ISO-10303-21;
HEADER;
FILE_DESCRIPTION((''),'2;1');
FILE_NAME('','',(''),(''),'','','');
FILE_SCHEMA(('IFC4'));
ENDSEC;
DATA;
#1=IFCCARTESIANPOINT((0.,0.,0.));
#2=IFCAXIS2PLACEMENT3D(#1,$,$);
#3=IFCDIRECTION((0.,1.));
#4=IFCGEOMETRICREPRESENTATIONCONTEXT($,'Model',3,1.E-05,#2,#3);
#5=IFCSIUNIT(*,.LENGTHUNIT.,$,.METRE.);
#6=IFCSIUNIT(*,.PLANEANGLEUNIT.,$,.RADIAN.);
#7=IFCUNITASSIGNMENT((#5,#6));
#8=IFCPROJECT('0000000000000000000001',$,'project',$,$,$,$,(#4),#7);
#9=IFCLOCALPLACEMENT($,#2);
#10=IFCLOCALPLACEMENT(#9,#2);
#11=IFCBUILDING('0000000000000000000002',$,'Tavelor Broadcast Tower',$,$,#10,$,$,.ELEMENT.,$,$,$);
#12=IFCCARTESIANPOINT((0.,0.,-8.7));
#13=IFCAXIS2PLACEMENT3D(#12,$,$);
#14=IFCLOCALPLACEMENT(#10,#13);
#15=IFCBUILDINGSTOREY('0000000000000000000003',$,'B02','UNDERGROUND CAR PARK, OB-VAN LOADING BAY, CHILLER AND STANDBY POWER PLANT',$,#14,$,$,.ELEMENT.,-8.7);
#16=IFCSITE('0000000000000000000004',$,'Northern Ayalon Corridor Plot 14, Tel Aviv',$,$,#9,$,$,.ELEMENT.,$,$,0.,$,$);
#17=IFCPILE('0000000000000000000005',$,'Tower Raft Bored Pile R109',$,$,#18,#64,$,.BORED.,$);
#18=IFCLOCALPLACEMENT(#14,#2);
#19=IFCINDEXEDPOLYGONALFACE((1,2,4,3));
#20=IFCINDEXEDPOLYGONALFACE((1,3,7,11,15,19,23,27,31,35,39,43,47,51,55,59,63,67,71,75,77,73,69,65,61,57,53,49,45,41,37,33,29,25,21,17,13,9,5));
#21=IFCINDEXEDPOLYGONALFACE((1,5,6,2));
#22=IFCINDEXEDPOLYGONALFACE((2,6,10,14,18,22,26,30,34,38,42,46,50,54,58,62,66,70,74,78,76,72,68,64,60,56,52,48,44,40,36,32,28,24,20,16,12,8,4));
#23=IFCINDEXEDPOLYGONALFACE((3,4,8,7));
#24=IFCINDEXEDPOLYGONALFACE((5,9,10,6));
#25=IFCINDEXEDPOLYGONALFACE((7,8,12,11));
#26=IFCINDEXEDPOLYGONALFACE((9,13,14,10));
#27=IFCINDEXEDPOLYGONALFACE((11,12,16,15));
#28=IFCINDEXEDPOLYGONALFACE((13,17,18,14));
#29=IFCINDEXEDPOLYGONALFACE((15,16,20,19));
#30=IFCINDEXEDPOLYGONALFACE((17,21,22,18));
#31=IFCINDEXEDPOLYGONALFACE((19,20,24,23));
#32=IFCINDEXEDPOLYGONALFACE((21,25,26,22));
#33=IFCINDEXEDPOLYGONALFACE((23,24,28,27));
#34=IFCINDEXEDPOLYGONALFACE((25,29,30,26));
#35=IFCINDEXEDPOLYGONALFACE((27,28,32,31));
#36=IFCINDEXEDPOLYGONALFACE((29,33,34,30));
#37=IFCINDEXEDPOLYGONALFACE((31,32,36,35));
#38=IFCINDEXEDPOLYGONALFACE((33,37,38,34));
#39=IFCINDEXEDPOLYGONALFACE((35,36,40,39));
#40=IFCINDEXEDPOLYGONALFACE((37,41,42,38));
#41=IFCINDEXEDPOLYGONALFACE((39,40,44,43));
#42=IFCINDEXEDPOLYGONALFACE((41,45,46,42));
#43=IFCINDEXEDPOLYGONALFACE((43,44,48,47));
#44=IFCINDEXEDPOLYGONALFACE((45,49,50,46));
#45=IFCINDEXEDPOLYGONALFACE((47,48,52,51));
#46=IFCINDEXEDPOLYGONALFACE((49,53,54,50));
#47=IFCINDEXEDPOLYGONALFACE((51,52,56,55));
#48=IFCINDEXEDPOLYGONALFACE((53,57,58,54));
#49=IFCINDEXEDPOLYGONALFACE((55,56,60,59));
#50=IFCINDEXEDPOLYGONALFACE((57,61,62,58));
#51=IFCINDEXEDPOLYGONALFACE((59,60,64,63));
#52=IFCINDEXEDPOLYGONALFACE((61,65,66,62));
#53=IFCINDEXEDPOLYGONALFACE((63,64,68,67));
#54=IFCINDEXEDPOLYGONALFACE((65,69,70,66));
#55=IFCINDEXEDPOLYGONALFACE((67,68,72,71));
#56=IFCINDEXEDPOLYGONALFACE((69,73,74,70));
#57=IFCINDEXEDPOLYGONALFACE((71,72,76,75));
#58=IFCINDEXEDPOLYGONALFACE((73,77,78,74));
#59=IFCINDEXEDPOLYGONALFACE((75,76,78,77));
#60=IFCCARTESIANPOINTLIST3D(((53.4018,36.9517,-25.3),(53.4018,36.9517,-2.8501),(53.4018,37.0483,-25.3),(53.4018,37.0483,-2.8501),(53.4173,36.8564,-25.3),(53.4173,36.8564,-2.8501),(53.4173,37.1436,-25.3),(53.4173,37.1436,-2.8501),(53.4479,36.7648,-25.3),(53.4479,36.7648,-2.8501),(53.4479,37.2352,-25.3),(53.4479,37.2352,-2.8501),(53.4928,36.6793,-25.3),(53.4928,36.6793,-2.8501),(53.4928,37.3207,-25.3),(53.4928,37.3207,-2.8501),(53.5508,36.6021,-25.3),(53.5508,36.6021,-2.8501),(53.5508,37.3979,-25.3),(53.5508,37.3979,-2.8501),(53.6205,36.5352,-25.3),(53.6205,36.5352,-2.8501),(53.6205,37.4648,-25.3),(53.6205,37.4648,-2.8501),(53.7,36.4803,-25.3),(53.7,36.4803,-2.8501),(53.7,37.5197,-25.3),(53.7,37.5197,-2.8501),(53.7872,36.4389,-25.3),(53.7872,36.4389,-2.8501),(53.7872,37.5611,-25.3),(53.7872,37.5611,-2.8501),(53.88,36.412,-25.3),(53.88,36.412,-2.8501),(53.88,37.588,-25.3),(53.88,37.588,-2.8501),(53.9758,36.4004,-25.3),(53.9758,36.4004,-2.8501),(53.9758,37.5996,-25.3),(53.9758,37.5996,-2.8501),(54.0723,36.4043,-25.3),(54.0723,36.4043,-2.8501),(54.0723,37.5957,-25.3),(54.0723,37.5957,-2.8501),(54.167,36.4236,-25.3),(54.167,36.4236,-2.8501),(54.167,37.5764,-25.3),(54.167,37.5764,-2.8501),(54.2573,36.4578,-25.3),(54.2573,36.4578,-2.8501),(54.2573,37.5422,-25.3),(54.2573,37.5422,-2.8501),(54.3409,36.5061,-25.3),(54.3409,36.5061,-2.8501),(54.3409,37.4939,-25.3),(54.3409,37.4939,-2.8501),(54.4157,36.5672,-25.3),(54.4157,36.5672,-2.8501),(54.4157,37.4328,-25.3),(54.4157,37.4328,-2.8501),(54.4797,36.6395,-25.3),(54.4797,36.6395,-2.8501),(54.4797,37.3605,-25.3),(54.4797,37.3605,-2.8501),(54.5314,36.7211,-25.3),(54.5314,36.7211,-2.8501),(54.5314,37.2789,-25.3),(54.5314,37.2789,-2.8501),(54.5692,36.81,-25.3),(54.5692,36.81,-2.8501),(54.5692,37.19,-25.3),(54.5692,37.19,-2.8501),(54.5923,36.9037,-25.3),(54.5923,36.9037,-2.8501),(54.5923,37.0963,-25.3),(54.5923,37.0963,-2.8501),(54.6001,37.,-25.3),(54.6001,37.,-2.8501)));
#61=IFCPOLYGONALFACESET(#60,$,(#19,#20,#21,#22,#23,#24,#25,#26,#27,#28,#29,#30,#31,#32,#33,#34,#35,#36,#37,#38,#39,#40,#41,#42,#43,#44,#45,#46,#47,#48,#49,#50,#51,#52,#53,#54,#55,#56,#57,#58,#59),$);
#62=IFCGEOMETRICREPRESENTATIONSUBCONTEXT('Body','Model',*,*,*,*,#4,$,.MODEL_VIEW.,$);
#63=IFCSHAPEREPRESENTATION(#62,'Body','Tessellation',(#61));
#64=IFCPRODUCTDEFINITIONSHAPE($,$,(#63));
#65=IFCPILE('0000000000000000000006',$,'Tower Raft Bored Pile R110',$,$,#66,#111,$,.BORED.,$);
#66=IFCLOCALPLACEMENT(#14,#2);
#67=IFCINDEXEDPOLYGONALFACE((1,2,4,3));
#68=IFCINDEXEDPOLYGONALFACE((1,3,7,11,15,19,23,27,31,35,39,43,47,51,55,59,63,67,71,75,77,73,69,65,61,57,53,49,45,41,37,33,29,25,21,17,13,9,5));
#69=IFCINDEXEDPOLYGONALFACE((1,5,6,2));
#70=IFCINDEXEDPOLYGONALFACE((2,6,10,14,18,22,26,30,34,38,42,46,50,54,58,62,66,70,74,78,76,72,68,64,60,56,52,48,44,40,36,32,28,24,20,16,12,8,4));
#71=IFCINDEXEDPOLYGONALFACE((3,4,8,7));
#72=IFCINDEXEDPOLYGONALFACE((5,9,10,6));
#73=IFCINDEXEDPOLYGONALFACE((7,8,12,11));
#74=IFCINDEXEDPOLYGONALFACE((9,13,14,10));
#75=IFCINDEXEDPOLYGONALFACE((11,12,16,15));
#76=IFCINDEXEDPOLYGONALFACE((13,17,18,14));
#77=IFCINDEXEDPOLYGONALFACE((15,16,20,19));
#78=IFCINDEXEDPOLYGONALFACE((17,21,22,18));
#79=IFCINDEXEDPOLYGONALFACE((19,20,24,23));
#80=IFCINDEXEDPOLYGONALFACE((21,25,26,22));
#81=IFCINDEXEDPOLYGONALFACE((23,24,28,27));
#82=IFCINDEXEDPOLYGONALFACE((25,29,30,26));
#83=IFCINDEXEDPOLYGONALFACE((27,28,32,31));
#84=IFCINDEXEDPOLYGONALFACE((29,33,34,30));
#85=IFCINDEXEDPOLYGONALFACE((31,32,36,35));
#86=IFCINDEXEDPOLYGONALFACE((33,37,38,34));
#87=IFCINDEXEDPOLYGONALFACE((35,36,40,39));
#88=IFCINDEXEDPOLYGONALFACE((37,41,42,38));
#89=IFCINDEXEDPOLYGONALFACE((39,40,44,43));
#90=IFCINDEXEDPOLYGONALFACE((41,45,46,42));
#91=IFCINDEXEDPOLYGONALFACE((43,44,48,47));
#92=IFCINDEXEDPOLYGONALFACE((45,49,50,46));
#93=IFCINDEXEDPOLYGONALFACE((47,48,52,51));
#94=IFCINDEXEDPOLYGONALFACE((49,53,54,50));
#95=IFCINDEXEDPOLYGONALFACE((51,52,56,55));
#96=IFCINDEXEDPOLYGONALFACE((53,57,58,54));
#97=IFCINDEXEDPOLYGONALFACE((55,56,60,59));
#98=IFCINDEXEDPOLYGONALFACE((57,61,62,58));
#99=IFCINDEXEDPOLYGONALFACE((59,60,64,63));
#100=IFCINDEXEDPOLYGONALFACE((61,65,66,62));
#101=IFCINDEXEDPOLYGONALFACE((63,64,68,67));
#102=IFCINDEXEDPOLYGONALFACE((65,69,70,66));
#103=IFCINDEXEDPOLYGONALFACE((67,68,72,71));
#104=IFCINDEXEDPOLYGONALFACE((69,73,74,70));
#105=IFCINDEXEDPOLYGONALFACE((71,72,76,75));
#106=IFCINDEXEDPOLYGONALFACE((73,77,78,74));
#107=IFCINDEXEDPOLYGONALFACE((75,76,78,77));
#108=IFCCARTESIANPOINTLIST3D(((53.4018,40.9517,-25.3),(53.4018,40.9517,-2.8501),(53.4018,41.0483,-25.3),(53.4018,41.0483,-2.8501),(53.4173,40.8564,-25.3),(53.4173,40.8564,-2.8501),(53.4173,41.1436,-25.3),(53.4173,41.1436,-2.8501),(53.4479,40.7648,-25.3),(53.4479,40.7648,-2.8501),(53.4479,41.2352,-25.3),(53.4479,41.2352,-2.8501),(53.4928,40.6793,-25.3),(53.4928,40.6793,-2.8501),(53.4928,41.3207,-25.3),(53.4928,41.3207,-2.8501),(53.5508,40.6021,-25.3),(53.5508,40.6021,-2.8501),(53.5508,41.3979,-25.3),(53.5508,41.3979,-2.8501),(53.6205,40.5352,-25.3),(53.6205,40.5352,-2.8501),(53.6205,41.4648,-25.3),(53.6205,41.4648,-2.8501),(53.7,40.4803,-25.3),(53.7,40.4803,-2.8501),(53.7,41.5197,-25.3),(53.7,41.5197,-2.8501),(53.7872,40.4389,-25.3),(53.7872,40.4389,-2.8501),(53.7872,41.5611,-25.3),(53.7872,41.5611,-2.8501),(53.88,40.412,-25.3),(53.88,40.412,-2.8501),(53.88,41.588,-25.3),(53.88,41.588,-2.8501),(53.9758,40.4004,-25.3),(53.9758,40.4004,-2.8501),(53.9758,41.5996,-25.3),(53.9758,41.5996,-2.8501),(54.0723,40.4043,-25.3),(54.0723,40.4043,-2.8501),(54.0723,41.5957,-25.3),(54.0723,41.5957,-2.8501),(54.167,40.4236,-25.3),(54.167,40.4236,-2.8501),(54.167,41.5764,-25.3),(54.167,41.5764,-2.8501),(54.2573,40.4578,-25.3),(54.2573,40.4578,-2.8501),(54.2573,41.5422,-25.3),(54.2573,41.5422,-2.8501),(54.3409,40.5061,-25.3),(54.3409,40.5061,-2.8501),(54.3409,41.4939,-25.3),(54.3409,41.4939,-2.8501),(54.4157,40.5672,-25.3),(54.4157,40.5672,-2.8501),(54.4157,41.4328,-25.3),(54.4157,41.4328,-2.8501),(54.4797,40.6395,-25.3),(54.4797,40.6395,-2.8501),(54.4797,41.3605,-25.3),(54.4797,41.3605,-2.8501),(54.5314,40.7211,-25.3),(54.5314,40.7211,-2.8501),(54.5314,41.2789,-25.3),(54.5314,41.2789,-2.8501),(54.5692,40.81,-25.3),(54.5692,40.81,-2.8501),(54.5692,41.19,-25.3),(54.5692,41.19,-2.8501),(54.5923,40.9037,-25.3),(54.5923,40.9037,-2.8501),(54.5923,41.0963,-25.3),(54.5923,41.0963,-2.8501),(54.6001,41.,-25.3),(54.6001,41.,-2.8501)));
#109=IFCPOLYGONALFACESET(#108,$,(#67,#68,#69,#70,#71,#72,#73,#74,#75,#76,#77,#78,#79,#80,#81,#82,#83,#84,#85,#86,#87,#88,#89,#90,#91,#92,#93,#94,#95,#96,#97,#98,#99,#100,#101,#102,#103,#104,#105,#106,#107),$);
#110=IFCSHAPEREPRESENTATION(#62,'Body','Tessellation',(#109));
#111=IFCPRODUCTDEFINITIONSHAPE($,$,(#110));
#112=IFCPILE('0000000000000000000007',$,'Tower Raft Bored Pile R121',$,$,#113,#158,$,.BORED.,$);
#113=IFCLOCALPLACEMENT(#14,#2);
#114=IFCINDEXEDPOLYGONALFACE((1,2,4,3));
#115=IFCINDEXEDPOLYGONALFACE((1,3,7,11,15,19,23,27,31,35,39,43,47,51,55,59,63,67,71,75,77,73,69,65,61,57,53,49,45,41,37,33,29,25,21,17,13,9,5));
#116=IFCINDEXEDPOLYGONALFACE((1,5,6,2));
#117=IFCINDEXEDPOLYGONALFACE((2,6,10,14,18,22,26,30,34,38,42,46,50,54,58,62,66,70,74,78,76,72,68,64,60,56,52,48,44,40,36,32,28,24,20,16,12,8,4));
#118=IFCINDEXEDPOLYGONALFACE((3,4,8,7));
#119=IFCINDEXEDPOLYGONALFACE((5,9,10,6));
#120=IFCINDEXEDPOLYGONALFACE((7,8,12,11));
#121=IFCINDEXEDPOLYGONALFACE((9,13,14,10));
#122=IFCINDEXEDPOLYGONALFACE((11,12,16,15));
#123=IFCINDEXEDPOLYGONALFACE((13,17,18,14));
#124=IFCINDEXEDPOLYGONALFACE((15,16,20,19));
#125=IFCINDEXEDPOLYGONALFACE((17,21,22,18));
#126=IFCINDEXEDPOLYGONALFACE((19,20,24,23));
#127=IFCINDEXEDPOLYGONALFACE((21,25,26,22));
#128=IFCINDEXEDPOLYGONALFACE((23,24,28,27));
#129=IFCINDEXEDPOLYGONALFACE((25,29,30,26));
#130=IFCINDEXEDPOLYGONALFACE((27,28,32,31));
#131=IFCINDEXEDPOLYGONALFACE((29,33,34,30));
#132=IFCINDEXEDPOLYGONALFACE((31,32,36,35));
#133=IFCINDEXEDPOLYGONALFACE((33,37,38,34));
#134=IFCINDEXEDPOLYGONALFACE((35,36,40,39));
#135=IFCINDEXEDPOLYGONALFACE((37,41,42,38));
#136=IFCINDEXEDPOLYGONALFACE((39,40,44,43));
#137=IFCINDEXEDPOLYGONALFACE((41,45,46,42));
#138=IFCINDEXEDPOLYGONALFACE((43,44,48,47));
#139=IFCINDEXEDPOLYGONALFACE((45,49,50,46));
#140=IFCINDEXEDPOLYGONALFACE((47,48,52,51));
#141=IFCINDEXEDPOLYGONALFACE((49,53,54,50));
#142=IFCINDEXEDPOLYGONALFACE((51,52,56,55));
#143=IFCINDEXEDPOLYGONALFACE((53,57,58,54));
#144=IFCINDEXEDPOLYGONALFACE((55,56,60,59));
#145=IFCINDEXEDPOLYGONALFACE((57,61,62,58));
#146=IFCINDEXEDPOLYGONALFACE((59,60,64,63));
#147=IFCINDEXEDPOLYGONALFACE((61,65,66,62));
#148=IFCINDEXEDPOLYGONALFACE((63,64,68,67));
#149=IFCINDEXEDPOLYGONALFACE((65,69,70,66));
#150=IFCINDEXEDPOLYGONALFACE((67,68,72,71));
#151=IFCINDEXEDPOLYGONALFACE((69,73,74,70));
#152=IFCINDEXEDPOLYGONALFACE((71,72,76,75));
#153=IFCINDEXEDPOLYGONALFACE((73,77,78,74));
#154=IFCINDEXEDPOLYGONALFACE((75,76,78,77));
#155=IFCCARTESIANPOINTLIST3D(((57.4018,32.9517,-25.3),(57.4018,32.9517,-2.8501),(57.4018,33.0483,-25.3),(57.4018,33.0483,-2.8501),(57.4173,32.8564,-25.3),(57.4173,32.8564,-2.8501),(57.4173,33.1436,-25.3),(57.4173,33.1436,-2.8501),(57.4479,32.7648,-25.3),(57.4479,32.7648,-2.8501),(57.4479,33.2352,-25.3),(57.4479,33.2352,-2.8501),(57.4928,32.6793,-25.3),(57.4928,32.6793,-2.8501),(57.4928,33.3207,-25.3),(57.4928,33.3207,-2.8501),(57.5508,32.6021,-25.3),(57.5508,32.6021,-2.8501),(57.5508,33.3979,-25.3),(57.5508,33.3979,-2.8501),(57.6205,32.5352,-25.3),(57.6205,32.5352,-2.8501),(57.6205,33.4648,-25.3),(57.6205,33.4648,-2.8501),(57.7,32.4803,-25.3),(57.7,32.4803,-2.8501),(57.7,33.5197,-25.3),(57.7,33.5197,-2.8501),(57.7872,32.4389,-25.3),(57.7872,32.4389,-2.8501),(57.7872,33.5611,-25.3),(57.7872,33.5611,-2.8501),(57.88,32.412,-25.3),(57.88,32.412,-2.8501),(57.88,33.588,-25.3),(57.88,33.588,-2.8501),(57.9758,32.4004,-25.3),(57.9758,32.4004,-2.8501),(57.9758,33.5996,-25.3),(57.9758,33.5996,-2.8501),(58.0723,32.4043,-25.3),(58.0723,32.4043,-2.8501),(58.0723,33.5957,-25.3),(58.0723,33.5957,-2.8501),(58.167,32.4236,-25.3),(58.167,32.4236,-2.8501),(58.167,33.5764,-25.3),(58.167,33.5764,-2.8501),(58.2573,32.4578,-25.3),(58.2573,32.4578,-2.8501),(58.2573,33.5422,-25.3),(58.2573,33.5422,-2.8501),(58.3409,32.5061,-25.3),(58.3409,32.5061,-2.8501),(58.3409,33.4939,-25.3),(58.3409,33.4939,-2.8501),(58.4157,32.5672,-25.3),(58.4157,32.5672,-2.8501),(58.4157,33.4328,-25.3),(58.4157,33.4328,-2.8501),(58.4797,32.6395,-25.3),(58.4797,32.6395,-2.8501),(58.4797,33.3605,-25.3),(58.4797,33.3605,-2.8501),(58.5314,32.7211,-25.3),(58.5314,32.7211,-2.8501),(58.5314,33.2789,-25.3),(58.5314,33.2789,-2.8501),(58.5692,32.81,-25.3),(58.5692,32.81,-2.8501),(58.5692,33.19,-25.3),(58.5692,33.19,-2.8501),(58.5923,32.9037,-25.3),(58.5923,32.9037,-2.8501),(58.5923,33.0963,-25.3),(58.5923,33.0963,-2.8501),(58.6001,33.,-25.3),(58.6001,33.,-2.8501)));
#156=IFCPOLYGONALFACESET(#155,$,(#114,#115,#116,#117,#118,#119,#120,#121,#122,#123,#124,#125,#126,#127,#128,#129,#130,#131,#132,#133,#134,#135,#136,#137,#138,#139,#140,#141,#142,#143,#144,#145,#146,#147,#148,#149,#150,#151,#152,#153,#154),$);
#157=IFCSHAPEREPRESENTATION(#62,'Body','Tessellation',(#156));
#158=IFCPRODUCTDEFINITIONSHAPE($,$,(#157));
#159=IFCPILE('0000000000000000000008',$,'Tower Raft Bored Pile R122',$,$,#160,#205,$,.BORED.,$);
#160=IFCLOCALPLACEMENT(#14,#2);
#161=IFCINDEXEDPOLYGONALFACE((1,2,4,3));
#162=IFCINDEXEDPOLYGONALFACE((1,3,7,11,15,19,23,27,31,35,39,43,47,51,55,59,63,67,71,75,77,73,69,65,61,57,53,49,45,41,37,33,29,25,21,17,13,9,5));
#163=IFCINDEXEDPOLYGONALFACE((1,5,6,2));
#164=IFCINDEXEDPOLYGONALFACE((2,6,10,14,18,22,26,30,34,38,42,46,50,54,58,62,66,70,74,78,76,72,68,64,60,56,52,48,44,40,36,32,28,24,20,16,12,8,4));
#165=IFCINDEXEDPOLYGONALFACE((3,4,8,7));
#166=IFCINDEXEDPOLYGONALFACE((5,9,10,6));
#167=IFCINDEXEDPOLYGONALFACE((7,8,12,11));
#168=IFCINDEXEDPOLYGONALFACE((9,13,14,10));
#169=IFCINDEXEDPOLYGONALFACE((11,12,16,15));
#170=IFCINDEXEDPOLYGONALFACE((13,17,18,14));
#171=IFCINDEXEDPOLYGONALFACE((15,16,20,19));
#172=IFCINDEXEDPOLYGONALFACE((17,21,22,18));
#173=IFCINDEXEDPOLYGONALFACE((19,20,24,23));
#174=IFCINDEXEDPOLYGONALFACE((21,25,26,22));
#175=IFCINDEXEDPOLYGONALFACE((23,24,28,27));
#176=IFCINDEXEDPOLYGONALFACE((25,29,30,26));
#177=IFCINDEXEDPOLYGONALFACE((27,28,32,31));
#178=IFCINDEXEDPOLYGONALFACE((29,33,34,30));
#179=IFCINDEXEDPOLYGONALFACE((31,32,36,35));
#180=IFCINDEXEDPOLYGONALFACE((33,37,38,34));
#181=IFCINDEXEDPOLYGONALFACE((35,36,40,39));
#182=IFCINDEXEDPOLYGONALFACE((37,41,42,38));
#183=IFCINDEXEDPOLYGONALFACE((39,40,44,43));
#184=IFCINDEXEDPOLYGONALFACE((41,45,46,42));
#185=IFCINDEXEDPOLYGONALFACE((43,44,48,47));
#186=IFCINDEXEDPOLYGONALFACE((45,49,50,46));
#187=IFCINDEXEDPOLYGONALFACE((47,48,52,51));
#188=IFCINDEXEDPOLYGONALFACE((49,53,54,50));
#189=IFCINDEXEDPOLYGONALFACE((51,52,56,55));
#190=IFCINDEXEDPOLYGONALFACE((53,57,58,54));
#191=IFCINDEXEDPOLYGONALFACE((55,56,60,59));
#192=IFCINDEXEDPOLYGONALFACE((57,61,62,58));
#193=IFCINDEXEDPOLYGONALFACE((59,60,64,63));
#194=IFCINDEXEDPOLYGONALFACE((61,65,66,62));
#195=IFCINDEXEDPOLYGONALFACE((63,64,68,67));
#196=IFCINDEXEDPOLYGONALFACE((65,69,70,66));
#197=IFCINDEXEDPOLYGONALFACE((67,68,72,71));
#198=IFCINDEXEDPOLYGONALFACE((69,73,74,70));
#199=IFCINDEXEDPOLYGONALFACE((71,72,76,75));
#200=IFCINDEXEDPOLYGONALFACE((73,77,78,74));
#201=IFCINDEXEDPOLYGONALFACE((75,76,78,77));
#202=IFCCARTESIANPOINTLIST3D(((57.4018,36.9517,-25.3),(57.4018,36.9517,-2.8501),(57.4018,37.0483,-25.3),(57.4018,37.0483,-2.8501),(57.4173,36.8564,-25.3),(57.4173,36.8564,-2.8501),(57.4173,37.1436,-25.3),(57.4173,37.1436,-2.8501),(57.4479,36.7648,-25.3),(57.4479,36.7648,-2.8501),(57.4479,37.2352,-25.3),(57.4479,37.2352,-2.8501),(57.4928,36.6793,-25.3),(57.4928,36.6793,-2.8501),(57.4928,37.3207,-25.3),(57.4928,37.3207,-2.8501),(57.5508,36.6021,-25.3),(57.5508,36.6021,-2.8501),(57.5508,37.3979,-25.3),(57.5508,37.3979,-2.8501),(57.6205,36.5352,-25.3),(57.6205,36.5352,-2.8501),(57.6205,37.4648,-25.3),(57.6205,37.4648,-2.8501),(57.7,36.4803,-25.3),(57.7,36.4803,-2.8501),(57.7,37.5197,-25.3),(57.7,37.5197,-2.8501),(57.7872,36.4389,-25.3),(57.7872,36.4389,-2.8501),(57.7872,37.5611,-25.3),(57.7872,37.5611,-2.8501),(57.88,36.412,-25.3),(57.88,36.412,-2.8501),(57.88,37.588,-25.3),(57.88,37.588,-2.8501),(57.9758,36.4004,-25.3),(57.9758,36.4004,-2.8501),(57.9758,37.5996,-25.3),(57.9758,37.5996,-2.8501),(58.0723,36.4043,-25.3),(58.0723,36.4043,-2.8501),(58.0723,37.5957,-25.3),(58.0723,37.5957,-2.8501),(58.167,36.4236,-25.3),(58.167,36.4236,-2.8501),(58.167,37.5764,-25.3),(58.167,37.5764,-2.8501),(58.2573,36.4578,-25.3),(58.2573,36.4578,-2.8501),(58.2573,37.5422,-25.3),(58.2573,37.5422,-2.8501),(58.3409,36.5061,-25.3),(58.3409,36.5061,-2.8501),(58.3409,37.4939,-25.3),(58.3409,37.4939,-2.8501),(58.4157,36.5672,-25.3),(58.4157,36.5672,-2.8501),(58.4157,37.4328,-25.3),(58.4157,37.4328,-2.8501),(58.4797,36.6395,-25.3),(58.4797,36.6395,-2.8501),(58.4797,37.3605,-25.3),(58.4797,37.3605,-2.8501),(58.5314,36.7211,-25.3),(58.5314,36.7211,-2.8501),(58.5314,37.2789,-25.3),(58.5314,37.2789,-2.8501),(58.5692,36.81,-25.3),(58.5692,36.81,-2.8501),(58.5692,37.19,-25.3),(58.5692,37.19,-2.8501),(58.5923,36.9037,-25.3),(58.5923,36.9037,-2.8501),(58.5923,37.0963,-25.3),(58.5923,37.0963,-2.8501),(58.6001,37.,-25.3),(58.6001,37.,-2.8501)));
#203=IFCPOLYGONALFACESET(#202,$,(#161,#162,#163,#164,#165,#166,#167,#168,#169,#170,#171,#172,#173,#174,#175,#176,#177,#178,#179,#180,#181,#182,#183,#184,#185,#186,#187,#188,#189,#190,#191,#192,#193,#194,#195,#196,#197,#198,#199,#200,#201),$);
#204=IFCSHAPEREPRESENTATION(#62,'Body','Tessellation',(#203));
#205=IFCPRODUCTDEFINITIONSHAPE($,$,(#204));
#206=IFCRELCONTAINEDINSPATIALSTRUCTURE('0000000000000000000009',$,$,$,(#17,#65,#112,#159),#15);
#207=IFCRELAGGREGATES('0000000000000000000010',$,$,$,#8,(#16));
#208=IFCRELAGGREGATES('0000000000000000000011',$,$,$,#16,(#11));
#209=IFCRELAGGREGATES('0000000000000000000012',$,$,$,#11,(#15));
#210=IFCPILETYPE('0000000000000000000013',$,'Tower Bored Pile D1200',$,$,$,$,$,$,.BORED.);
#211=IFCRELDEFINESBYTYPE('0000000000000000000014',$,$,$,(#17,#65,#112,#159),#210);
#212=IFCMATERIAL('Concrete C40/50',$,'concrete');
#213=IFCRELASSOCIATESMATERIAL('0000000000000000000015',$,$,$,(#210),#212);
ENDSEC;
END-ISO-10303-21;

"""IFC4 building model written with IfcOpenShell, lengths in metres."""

from ifc_helpers import new_model, si_unit, direction, frame, origin, origin_2d, place, context, subcontext, project, spatial, circle, extrude, material, material_profile, profile_set, type_object, element, save


model = new_model("IFC4")

# Units and contexts
model_context = context("Model", 3, precision=1e-05, world=origin(), true_north=direction((0.0, 1.0)))
body_context = subcontext(model_context, "Body", "Model", "MODEL_VIEW")
ifc_project = project(units=[si_unit("LENGTHUNIT", "METRE"), si_unit("PLANEANGLEUNIT", "RADIAN")], contexts=[model_context])

# Site, building, storey
site_placement = place(None, origin())
site = spatial("IfcSite", under=ifc_project, at=site_placement, Name="Northern Ayalon Corridor Plot 14, Tel Aviv", CompositionType="ELEMENT", RefElevation=0.0)
building_placement = place(site_placement, origin())
building = spatial("IfcBuilding", under=site, at=building_placement, Name="Tavelor Broadcast Tower", CompositionType="ELEMENT")
storey_placement = place(building_placement, frame((0.0, 0.0, -8.7)))
storey = spatial("IfcBuildingStorey", under=building, at=storey_placement, Name="B02", Description="UNDERGROUND CAR PARK, OB-VAN LOADING BAY, CHILLER AND STANDBY POWER PLANT", CompositionType="ELEMENT", Elevation=-8.7)

# Piles
ifc_material_1 = material(Name="Concrete C40/50", Category="concrete")
ifc_material_profile_1 = material_profile(ifc_material_1, circle(Radius=0.6001, at=origin_2d()), Name="PILE D1200")
ifc_profile_set_1 = profile_set([ifc_material_profile_1], Name="Concrete C40/50")
pile_type = type_object("IfcPileType", Name="Tower Bored Pile D1200", PredefinedType="BORED", material=ifc_profile_set_1)
for number, where, z_axis, x_axis, name in (
    (1, (54.0, 37.0, -2.8501), (0.0, 0.0, -1.0), (1.0, 0.0, 0.0), "Tower Raft Bored Pile R109"),
    (2, (54.0, 41.0, -2.8501), (0.0, 0.0, -1.0), (1.0, 0.0, 0.0), "Tower Raft Bored Pile R110"),
    (3, (58.0, 33.0, -2.8501), (0.0, 0.0, -1.0), (1.0, 0.0, 0.0), "Tower Raft Bored Pile R121"),
    (4, (58.0, 37.0, -2.8501), (0.0, 0.0, -1.0), (1.0, 0.0, 0.0), "Tower Raft Bored Pile R122"),
):
    element("IfcPile", number, at=place(storey_placement, frame(where, z_axis=z_axis, x_axis=x_axis)), inside=storey, type_object=pile_type, Name=name, PredefinedType="BORED", context=body_context, shape_type="SweptSolid", body=[
        extrude(circle(Radius=0.6001, at=origin_2d()), origin(), (0.0, 0.0, 1.0), 22.45),
    ])

save(model, "model.ifc")
